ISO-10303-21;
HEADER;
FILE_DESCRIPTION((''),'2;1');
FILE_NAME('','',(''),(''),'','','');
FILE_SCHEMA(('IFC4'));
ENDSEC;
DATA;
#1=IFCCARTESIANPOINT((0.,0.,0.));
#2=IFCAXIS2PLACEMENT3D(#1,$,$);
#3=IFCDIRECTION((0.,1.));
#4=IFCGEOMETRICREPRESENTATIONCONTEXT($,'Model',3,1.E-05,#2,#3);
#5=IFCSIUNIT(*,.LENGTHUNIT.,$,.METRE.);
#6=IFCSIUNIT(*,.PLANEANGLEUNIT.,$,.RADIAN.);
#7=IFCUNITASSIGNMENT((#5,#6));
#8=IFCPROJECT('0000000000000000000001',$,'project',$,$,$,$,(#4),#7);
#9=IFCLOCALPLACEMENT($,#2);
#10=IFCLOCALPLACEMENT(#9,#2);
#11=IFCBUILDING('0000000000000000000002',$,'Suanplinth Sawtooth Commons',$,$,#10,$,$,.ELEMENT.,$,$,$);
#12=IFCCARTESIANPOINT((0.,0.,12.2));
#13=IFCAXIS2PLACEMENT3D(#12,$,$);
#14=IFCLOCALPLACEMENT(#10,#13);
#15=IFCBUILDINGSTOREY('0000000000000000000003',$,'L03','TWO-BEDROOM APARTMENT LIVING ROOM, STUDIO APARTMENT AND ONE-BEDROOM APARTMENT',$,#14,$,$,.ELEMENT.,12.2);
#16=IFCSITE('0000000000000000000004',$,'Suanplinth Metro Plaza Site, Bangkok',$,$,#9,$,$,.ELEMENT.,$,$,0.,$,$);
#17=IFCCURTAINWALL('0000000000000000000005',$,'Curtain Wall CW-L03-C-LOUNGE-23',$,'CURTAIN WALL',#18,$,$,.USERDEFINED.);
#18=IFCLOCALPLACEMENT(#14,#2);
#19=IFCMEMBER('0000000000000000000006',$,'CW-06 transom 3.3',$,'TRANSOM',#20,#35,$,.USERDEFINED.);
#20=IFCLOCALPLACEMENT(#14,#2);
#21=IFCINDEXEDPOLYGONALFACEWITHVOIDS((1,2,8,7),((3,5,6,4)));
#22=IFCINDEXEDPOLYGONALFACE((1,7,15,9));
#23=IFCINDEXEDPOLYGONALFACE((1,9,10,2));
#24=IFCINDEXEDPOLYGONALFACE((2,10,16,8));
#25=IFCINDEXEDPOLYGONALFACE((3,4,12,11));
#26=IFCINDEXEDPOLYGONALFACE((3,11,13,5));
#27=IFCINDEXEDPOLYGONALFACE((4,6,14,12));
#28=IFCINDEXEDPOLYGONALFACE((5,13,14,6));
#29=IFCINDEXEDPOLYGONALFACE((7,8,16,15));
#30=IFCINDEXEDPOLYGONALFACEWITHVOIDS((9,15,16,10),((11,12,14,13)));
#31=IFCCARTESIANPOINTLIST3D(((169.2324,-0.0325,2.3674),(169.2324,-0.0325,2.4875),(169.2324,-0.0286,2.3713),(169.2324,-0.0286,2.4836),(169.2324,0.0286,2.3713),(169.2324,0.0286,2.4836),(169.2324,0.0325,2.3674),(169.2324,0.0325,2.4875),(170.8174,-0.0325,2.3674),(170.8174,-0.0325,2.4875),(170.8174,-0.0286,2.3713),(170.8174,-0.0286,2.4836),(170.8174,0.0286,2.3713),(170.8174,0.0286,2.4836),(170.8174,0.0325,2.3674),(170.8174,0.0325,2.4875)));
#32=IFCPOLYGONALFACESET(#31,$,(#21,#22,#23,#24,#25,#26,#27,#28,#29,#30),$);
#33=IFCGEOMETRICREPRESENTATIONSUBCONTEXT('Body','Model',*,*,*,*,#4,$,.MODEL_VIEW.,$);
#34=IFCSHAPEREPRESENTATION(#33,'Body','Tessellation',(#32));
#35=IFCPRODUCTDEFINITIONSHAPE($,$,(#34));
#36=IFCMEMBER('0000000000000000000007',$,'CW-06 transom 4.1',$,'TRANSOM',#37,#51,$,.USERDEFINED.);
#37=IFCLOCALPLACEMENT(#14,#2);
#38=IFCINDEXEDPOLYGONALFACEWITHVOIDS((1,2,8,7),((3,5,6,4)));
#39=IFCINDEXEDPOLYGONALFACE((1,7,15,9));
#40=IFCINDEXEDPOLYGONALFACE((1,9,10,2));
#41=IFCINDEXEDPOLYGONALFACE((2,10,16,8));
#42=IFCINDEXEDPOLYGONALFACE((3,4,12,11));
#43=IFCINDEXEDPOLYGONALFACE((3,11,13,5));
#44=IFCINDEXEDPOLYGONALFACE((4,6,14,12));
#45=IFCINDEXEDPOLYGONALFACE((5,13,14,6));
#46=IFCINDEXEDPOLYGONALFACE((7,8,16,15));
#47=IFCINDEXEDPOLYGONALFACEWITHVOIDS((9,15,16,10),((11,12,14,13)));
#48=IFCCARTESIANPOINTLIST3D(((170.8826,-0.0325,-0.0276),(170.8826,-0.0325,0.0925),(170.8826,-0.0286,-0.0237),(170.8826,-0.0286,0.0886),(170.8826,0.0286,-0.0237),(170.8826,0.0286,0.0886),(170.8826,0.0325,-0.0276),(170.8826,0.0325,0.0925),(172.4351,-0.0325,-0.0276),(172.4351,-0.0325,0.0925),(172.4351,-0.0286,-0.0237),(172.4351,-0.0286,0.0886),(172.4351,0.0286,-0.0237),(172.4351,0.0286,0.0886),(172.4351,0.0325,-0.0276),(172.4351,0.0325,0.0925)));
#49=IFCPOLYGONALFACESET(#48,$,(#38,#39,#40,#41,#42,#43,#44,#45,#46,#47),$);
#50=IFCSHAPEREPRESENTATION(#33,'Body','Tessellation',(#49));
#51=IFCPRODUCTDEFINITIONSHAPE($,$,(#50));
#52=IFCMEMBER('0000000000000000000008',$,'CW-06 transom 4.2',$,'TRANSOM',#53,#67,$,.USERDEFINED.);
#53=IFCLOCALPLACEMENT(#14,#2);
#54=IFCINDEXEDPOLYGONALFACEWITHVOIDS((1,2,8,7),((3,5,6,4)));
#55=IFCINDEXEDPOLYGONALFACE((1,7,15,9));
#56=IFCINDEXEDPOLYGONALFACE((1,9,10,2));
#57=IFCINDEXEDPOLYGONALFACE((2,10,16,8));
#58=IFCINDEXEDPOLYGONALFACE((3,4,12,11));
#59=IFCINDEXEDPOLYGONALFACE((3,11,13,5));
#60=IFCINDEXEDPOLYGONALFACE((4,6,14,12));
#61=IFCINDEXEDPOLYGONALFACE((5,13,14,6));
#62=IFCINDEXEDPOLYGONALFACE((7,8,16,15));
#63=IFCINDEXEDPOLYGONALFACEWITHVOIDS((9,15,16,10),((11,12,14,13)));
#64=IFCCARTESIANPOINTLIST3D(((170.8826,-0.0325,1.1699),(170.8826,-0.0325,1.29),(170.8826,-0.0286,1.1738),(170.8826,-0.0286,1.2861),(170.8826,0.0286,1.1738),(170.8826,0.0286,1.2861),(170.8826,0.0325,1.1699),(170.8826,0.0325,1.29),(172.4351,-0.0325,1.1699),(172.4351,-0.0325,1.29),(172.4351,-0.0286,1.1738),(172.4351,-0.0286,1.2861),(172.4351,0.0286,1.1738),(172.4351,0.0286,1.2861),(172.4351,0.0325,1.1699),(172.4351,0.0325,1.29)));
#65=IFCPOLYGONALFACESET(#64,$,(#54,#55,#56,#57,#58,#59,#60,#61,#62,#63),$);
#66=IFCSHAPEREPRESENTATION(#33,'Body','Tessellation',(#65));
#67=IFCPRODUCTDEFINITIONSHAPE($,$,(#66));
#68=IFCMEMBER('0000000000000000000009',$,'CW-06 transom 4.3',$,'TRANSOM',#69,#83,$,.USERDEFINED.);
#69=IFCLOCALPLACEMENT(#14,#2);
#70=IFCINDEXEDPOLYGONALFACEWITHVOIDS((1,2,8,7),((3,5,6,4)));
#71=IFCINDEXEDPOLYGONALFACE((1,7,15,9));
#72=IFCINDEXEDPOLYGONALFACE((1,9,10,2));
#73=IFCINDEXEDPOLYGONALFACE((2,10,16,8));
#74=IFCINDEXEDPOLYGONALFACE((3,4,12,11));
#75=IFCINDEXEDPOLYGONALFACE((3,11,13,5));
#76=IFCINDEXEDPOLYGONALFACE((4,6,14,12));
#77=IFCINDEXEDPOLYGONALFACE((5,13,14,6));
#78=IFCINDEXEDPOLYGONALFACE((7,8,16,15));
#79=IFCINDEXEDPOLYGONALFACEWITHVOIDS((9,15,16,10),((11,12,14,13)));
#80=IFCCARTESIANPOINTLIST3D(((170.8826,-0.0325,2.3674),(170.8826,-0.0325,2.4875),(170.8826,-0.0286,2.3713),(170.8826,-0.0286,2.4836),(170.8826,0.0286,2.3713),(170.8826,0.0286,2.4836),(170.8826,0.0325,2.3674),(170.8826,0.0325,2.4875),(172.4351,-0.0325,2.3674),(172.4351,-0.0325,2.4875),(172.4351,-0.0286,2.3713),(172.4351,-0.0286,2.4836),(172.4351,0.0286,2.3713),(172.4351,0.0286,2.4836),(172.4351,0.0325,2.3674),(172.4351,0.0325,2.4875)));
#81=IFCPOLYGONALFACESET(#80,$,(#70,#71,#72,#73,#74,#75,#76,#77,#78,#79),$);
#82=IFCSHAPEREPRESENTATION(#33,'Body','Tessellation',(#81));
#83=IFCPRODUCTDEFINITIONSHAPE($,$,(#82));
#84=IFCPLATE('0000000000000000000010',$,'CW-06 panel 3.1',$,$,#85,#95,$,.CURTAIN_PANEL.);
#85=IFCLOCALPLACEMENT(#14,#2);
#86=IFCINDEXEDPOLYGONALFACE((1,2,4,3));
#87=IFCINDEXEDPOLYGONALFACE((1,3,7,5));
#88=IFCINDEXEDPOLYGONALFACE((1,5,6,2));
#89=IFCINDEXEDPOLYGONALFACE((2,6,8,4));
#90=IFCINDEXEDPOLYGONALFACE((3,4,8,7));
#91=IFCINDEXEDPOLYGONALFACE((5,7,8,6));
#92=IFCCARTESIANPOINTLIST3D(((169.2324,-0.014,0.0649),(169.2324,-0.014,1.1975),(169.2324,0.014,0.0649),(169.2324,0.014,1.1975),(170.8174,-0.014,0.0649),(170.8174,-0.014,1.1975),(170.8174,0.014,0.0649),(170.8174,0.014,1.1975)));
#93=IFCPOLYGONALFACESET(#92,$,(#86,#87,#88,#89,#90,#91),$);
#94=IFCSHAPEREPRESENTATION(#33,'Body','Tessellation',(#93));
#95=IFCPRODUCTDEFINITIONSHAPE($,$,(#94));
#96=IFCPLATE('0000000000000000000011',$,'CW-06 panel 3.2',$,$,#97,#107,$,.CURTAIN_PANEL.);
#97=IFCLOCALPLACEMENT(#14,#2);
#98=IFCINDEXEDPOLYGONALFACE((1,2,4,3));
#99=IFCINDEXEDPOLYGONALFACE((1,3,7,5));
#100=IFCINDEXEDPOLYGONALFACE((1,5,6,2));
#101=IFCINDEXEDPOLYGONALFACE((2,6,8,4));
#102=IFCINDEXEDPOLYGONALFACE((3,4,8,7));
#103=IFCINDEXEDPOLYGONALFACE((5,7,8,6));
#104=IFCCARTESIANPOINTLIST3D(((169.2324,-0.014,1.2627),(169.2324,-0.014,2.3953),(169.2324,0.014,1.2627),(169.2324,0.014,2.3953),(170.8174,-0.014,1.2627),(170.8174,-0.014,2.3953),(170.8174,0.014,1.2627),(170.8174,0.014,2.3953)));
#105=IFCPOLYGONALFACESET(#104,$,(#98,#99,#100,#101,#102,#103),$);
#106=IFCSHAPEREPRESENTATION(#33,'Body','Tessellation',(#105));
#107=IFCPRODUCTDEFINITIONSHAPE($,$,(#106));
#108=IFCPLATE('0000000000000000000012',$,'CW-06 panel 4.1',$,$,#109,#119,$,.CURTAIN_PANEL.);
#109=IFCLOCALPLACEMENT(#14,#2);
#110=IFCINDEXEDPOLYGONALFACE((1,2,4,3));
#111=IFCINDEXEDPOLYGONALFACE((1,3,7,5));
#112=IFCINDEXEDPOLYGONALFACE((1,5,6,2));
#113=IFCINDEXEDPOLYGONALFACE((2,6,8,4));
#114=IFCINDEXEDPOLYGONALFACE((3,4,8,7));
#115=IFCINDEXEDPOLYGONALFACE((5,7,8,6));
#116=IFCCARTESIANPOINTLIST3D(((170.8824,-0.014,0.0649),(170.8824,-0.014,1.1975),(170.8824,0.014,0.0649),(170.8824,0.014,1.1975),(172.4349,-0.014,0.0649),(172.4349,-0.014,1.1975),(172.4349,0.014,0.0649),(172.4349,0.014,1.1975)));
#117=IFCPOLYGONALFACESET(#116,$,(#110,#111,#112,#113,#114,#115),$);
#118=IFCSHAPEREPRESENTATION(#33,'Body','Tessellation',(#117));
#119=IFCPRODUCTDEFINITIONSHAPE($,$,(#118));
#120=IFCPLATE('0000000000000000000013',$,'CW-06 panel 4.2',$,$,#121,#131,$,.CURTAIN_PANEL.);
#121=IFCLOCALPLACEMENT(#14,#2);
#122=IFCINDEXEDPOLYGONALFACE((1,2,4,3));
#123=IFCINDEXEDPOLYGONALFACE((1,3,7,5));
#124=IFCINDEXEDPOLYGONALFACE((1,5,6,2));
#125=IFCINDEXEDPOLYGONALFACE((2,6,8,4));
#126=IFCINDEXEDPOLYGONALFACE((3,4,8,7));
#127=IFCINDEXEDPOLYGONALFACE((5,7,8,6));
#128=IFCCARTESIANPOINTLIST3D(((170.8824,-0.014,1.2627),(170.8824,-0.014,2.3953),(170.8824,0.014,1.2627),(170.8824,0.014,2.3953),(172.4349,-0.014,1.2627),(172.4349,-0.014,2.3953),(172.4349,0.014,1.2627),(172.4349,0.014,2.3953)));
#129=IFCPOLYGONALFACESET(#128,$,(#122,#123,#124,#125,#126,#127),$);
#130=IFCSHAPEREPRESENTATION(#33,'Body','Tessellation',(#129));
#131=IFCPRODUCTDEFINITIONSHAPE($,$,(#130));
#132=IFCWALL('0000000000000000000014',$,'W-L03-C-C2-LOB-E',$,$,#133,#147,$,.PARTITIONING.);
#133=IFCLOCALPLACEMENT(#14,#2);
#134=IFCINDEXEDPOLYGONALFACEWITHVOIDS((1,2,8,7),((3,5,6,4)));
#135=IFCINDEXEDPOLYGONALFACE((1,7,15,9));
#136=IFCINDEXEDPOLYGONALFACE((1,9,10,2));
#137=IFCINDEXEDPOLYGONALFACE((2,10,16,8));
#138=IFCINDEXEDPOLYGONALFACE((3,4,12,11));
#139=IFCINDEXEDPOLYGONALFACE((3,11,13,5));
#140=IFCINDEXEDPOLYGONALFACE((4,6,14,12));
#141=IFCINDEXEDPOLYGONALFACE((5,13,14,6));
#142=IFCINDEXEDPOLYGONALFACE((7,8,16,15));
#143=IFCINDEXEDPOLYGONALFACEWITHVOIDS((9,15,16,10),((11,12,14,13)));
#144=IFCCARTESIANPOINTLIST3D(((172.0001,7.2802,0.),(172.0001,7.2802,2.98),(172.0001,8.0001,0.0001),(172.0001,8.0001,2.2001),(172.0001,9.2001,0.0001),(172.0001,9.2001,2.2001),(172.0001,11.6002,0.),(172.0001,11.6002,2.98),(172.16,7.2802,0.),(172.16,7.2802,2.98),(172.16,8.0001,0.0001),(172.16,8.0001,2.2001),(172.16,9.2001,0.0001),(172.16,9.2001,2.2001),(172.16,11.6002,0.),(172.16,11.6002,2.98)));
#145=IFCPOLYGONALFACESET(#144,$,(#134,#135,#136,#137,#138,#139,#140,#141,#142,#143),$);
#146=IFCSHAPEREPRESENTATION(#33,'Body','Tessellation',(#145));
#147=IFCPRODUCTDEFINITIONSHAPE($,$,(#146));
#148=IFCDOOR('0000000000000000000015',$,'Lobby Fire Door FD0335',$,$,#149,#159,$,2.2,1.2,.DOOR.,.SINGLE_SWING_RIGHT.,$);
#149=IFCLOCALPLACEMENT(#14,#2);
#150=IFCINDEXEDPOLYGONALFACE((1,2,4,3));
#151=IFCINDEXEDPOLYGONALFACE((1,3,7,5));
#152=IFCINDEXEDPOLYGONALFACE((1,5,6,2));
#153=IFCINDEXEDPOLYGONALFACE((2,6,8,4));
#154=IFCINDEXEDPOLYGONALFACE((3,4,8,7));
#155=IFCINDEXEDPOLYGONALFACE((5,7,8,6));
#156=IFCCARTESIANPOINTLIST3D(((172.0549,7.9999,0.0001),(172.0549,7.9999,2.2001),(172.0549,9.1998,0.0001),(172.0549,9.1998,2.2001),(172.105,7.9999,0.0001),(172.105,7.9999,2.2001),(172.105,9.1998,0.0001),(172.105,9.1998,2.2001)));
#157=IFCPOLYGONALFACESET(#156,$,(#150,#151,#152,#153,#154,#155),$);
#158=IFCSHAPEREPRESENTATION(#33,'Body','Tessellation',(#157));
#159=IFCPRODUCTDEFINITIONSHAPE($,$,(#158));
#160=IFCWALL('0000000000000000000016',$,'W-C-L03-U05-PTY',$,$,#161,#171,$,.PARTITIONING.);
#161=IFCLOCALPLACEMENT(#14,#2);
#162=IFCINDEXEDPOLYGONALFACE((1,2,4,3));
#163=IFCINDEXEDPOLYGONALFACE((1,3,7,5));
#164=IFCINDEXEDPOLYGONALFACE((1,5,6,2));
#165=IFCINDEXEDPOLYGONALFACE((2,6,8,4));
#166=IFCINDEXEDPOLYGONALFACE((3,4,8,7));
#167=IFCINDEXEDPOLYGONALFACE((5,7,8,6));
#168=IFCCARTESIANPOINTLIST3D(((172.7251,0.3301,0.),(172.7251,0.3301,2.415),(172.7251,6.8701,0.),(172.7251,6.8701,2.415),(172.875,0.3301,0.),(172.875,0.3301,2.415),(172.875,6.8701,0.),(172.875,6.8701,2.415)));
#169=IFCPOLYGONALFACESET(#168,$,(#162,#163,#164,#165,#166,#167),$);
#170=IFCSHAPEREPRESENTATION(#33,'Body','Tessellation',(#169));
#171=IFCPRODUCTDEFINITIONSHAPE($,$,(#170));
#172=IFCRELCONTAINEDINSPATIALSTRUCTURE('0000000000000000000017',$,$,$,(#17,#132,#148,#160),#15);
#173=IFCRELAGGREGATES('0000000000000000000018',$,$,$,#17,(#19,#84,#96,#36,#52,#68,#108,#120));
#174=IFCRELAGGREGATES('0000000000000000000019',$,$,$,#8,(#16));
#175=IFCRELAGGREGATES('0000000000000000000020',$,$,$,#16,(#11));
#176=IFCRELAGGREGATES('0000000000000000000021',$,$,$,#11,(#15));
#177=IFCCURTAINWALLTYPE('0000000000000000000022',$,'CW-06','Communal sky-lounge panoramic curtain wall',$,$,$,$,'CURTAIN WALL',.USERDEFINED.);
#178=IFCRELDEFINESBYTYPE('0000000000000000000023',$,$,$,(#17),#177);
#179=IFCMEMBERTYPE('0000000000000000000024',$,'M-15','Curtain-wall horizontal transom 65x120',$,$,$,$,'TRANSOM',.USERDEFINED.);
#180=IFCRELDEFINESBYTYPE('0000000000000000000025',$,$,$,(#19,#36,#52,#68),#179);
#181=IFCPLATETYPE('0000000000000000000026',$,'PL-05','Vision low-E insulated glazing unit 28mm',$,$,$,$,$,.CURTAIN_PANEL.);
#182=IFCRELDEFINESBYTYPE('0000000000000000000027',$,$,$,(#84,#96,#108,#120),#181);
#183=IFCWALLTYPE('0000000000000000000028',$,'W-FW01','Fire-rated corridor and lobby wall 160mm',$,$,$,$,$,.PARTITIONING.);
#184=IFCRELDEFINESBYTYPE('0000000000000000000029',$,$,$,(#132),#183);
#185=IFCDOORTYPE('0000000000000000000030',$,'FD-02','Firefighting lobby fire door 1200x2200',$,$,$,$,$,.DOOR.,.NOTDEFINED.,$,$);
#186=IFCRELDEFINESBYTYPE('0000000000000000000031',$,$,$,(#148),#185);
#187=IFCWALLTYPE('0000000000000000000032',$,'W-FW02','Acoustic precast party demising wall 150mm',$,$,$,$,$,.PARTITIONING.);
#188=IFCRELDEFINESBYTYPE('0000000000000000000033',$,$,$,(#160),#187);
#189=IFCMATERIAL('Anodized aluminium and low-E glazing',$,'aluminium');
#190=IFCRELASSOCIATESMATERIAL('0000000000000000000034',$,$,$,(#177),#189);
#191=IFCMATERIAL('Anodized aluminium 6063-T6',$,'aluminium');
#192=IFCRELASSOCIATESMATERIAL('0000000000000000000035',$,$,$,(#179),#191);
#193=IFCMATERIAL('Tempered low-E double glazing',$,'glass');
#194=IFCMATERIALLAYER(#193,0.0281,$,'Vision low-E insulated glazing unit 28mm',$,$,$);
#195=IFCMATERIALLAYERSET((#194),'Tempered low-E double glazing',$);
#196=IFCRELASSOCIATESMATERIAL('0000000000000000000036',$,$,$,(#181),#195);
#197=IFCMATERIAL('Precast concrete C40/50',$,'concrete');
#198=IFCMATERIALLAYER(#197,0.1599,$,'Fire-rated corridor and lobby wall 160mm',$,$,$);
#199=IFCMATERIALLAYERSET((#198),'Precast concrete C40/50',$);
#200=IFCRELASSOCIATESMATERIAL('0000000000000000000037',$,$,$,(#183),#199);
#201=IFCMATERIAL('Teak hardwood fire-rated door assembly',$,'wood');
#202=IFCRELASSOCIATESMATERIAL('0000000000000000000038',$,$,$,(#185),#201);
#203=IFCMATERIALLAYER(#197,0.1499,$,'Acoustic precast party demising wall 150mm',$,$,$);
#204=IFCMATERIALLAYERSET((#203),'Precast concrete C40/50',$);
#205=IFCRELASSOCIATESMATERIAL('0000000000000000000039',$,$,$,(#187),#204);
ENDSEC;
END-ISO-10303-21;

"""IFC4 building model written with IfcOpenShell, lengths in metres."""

from ifc_helpers import new_model, si_unit, direction, frame, frame_2d, origin, origin_2d, place, context, subcontext, project, spatial, rectangle, hollow_rectangle, extrude, material, layer, layer_set, material_profile, profile_set, type_object, element, fill, aggregate, save


model = new_model("IFC4")

# Units and contexts
model_context = context("Model", 3, precision=1e-05, world=origin(), true_north=direction((0.0, 1.0)))
body_context = subcontext(model_context, "Body", "Model", "MODEL_VIEW")
ifc_project = project(units=[si_unit("LENGTHUNIT", "METRE"), si_unit("PLANEANGLEUNIT", "RADIAN")], contexts=[model_context])

# Site, building, storey
site_placement = place(None, origin())
site = spatial("IfcSite", under=ifc_project, at=site_placement, Name="Suanplinth Metro Plaza Site, Bangkok", CompositionType="ELEMENT", RefElevation=0.0)
building_placement = place(site_placement, origin())
building = spatial("IfcBuilding", under=site, at=building_placement, Name="Suanplinth Sawtooth Commons", CompositionType="ELEMENT")
storey_placement = place(building_placement, frame((0.0, 0.0, 12.2)))
storey = spatial("IfcBuildingStorey", under=building, at=storey_placement, Name="L03", Description="TWO-BEDROOM APARTMENT LIVING ROOM, STUDIO APARTMENT AND ONE-BEDROOM APARTMENT", CompositionType="ELEMENT", Elevation=12.2)

# Shared definitions
ifc_material_1 = material(Name="Precast concrete C40/50", Category="concrete")

# Curtain wall, members, plates
ifc_material_2 = material(Name="Anodized aluminium and low-E glazing", Category="aluminium")
curtain_wall_type = type_object("IfcCurtainWallType", Name="CW-06", Description="Communal sky-lounge panoramic curtain wall", ElementType="CURTAIN WALL", PredefinedType="USERDEFINED", material=ifc_material_2)
curtain_wall_placement = place(storey_placement, origin())
curtain_wall = element("IfcCurtainWall", 1, at=curtain_wall_placement, inside=storey, type_object=curtain_wall_type, Name="Curtain Wall CW-L03-C-LOUNGE-23", ObjectType="CURTAIN WALL", PredefinedType="USERDEFINED")
ifc_material_3 = material(Name="Anodized aluminium 6063-T6", Category="aluminium")
ifc_material_profile_1 = material_profile(ifc_material_3, hollow_rectangle(XDim=0.0649, YDim=0.1201, WallThickness=0.0039, at=origin_2d()), Name="ALU-TRN 65x120")
ifc_profile_set_1 = profile_set([ifc_material_profile_1], Name="Anodized aluminium 6063-T6")
member_type_1 = type_object("IfcMemberType", Name="M-15", Description="Curtain-wall horizontal transom 65x120", ElementType="TRANSOM", PredefinedType="USERDEFINED", material=ifc_profile_set_1)
member_1_placement = place(storey_placement, frame((169.2324, 0.0, 2.4275), z_axis=(1.0, 0.0, 0.0), x_axis=(0.0, 1.0, 0.0)))
member_1 = element("IfcMember", 2, at=member_1_placement, type_object=member_type_1, Name="CW-06 transom 3.3", ObjectType="TRANSOM", PredefinedType="USERDEFINED", context=body_context, shape_type="SweptSolid", body=[
    extrude(hollow_rectangle(XDim=0.0649, YDim=0.1201, WallThickness=0.0039, at=origin_2d()), origin(), (0.0, 0.0, 1.0), 1.585),
])
member_2_placement = place(storey_placement, frame((170.8826, 0.0, 0.0325), z_axis=(1.0, 0.0, 0.0), x_axis=(0.0, 1.0, 0.0)))
member_2 = element("IfcMember", 3, at=member_2_placement, type_object=member_type_1, Name="CW-06 transom 4.1", ObjectType="TRANSOM", PredefinedType="USERDEFINED", context=body_context, shape_type="SweptSolid", body=[
    extrude(hollow_rectangle(XDim=0.0649, YDim=0.1201, WallThickness=0.0039, at=origin_2d()), origin(), (0.0, 0.0, 1.0), 1.5525),
])
member_3_placement = place(storey_placement, frame((170.8826, 0.0, 1.23), z_axis=(1.0, 0.0, 0.0), x_axis=(0.0, 1.0, 0.0)))
member_3 = element("IfcMember", 4, at=member_3_placement, type_object=member_type_1, Name="CW-06 transom 4.2", ObjectType="TRANSOM", PredefinedType="USERDEFINED", context=body_context, shape_type="SweptSolid", body=[
    extrude(hollow_rectangle(XDim=0.0649, YDim=0.1201, WallThickness=0.0039, at=origin_2d()), origin(), (0.0, 0.0, 1.0), 1.5525),
])
member_4_placement = place(storey_placement, frame((170.8826, 0.0, 2.4275), z_axis=(1.0, 0.0, 0.0), x_axis=(0.0, 1.0, 0.0)))
member_4 = element("IfcMember", 5, at=member_4_placement, type_object=member_type_1, Name="CW-06 transom 4.3", ObjectType="TRANSOM", PredefinedType="USERDEFINED", context=body_context, shape_type="SweptSolid", body=[
    extrude(hollow_rectangle(XDim=0.0649, YDim=0.1201, WallThickness=0.0039, at=origin_2d()), origin(), (0.0, 0.0, 1.0), 1.5525),
])
ifc_material_4 = material(Name="Tempered low-E double glazing", Category="glass")
ifc_layer_1 = layer(ifc_material_4, 0.0281, Name="Vision low-E insulated glazing unit 28mm")
ifc_layer_set_1 = layer_set([ifc_layer_1], Name="Tempered low-E double glazing")
plate_type = type_object("IfcPlateType", Name="PL-05", Description="Vision low-E insulated glazing unit 28mm", PredefinedType="CURTAIN_PANEL", material=ifc_layer_set_1)
plate_1_placement = place(storey_placement, frame((170.0249, 0.0, 0.0649), z_axis=(0.0, 0.0, 1.0), x_axis=(1.0, 0.0, 0.0)))
plate_1 = element("IfcPlate", 6, at=plate_1_placement, type_object=plate_type, Name="CW-06 panel 3.1", PredefinedType="CURTAIN_PANEL", context=body_context, shape_type="SweptSolid", body=[
    extrude(rectangle(XDim=1.585, YDim=0.0281, at=origin_2d()), origin(), (0.0, 0.0, 1.0), 1.1326),
])
plate_2_placement = place(storey_placement, frame((170.0249, 0.0, 1.2627), z_axis=(0.0, 0.0, 1.0), x_axis=(1.0, 0.0, 0.0)))
plate_2 = element("IfcPlate", 7, at=plate_2_placement, type_object=plate_type, Name="CW-06 panel 3.2", PredefinedType="CURTAIN_PANEL", context=body_context, shape_type="SweptSolid", body=[
    extrude(rectangle(XDim=1.585, YDim=0.0281, at=origin_2d()), origin(), (0.0, 0.0, 1.0), 1.1326),
])
plate_3_placement = place(storey_placement, frame((171.6587, 0.0, 0.0649), z_axis=(0.0, 0.0, 1.0), x_axis=(1.0, 0.0, 0.0)))
plate_3 = element("IfcPlate", 8, at=plate_3_placement, type_object=plate_type, Name="CW-06 panel 4.1", PredefinedType="CURTAIN_PANEL", context=body_context, shape_type="SweptSolid", body=[
    extrude(rectangle(XDim=1.5525, YDim=0.0281, at=origin_2d()), origin(), (0.0, 0.0, 1.0), 1.1326),
])
plate_4_placement = place(storey_placement, frame((171.6587, 0.0, 1.2627), z_axis=(0.0, 0.0, 1.0), x_axis=(1.0, 0.0, 0.0)))
plate_4 = element("IfcPlate", 9, at=plate_4_placement, type_object=plate_type, Name="CW-06 panel 4.2", PredefinedType="CURTAIN_PANEL", context=body_context, shape_type="SweptSolid", body=[
    extrude(rectangle(XDim=1.5525, YDim=0.0281, at=origin_2d()), origin(), (0.0, 0.0, 1.0), 1.1326),
])
aggregate(curtain_wall, [member_1, plate_1, plate_2, member_2, member_3, member_4, plate_3, plate_4])

# Wall, opening, door
ifc_layer_2 = layer(ifc_material_1, 0.1599, Name="Fire-rated corridor and lobby wall 160mm")
ifc_layer_set_2 = layer_set([ifc_layer_2], Name="Precast concrete C40/50")
wall_type_1 = type_object("IfcWallType", Name="W-FW01", Description="Fire-rated corridor and lobby wall 160mm", PredefinedType="PARTITIONING", material=ifc_layer_set_2)
wall_1_placement = place(storey_placement, frame((172.0801, 7.28, 0.0), z_axis=(0.0, 0.0, 1.0), x_axis=(0.0, 1.0, 0.0)))
wall_1 = element("IfcWall", 10, at=wall_1_placement, inside=storey, type_object=wall_type_1, Name="W-L03-C-C2-LOB-E", PredefinedType="PARTITIONING", context=body_context, shape_type="SweptSolid", body=[
    extrude(rectangle(XDim=4.3201, YDim=0.1599, at=frame_2d((2.1602, 0.0))), origin(), (0.0, 0.0, 1.0), 2.98),
])
opening_1_placement = place(wall_1_placement, frame((0.72, 0.0, 0.0)))
opening_1 = element("IfcOpeningElement", 11, at=opening_1_placement, cuts=wall_1, PredefinedType="OPENING", context=body_context, shape_type="SweptSolid", body=[
    extrude(rectangle(XDim=1.2, YDim=2.2, at=frame_2d((0.6001, 1.1001))), frame((0.0, 0.0947, 0.0), z_axis=(0.0, -1.0, 0.0), x_axis=(1.0, 0.0, 0.0)), (0.0, 0.0, 1.0), 0.1897),
])
ifc_material_5 = material(Name="Teak hardwood fire-rated door assembly", Category="wood")
door_type_1 = type_object("IfcDoorType", Name="FD-02", Description="Firefighting lobby fire door 1200x2200", OperationType="NOTDEFINED", PredefinedType="DOOR", material=ifc_material_5)
door_1_placement = place(opening_1_placement, frame((1.2, 0.0, 0.0), z_axis=(0.0, 0.0, 1.0), x_axis=(-1.0, 0.0, 0.0)))
door_1 = element("IfcDoor", 12, at=door_1_placement, inside=storey, type_object=door_type_1, Name="Lobby Fire Door FD0335", OperationType="SINGLE_SWING_RIGHT", OverallHeight=2.2, OverallWidth=1.2, PredefinedType="DOOR", context=body_context, shape_type="SweptSolid", body=[
    extrude(rectangle(XDim=1.2, YDim=2.2, at=frame_2d((0.6001, 1.1001))), frame((0.0, 0.0249, 0.0), z_axis=(0.0, -1.0, 0.0), x_axis=(1.0, 0.0, 0.0)), (0.0, 0.0, 1.0), 0.05),
])
fill(opening_1, door_1)

# Wall
ifc_layer_3 = layer(ifc_material_1, 0.1499, Name="Acoustic precast party demising wall 150mm")
ifc_layer_set_3 = layer_set([ifc_layer_3], Name="Precast concrete C40/50")
wall_type_2 = type_object("IfcWallType", Name="W-FW02", Description="Acoustic precast party demising wall 150mm", PredefinedType="PARTITIONING", material=ifc_layer_set_3)
wall_2_placement = place(storey_placement, frame((172.8, 0.3301, 0.0), z_axis=(0.0, 0.0, 1.0), x_axis=(0.0, 1.0, 0.0)))
element("IfcWall", 13, at=wall_2_placement, inside=storey, type_object=wall_type_2, Name="W-C-L03-U05-PTY", PredefinedType="PARTITIONING", context=body_context, shape_type="SweptSolid", body=[
    extrude(rectangle(XDim=6.54, YDim=0.1499, at=frame_2d((3.27, 0.0))), origin(), (0.0, 0.0, 1.0), 2.415),
])

save(model, "model.ifc")
